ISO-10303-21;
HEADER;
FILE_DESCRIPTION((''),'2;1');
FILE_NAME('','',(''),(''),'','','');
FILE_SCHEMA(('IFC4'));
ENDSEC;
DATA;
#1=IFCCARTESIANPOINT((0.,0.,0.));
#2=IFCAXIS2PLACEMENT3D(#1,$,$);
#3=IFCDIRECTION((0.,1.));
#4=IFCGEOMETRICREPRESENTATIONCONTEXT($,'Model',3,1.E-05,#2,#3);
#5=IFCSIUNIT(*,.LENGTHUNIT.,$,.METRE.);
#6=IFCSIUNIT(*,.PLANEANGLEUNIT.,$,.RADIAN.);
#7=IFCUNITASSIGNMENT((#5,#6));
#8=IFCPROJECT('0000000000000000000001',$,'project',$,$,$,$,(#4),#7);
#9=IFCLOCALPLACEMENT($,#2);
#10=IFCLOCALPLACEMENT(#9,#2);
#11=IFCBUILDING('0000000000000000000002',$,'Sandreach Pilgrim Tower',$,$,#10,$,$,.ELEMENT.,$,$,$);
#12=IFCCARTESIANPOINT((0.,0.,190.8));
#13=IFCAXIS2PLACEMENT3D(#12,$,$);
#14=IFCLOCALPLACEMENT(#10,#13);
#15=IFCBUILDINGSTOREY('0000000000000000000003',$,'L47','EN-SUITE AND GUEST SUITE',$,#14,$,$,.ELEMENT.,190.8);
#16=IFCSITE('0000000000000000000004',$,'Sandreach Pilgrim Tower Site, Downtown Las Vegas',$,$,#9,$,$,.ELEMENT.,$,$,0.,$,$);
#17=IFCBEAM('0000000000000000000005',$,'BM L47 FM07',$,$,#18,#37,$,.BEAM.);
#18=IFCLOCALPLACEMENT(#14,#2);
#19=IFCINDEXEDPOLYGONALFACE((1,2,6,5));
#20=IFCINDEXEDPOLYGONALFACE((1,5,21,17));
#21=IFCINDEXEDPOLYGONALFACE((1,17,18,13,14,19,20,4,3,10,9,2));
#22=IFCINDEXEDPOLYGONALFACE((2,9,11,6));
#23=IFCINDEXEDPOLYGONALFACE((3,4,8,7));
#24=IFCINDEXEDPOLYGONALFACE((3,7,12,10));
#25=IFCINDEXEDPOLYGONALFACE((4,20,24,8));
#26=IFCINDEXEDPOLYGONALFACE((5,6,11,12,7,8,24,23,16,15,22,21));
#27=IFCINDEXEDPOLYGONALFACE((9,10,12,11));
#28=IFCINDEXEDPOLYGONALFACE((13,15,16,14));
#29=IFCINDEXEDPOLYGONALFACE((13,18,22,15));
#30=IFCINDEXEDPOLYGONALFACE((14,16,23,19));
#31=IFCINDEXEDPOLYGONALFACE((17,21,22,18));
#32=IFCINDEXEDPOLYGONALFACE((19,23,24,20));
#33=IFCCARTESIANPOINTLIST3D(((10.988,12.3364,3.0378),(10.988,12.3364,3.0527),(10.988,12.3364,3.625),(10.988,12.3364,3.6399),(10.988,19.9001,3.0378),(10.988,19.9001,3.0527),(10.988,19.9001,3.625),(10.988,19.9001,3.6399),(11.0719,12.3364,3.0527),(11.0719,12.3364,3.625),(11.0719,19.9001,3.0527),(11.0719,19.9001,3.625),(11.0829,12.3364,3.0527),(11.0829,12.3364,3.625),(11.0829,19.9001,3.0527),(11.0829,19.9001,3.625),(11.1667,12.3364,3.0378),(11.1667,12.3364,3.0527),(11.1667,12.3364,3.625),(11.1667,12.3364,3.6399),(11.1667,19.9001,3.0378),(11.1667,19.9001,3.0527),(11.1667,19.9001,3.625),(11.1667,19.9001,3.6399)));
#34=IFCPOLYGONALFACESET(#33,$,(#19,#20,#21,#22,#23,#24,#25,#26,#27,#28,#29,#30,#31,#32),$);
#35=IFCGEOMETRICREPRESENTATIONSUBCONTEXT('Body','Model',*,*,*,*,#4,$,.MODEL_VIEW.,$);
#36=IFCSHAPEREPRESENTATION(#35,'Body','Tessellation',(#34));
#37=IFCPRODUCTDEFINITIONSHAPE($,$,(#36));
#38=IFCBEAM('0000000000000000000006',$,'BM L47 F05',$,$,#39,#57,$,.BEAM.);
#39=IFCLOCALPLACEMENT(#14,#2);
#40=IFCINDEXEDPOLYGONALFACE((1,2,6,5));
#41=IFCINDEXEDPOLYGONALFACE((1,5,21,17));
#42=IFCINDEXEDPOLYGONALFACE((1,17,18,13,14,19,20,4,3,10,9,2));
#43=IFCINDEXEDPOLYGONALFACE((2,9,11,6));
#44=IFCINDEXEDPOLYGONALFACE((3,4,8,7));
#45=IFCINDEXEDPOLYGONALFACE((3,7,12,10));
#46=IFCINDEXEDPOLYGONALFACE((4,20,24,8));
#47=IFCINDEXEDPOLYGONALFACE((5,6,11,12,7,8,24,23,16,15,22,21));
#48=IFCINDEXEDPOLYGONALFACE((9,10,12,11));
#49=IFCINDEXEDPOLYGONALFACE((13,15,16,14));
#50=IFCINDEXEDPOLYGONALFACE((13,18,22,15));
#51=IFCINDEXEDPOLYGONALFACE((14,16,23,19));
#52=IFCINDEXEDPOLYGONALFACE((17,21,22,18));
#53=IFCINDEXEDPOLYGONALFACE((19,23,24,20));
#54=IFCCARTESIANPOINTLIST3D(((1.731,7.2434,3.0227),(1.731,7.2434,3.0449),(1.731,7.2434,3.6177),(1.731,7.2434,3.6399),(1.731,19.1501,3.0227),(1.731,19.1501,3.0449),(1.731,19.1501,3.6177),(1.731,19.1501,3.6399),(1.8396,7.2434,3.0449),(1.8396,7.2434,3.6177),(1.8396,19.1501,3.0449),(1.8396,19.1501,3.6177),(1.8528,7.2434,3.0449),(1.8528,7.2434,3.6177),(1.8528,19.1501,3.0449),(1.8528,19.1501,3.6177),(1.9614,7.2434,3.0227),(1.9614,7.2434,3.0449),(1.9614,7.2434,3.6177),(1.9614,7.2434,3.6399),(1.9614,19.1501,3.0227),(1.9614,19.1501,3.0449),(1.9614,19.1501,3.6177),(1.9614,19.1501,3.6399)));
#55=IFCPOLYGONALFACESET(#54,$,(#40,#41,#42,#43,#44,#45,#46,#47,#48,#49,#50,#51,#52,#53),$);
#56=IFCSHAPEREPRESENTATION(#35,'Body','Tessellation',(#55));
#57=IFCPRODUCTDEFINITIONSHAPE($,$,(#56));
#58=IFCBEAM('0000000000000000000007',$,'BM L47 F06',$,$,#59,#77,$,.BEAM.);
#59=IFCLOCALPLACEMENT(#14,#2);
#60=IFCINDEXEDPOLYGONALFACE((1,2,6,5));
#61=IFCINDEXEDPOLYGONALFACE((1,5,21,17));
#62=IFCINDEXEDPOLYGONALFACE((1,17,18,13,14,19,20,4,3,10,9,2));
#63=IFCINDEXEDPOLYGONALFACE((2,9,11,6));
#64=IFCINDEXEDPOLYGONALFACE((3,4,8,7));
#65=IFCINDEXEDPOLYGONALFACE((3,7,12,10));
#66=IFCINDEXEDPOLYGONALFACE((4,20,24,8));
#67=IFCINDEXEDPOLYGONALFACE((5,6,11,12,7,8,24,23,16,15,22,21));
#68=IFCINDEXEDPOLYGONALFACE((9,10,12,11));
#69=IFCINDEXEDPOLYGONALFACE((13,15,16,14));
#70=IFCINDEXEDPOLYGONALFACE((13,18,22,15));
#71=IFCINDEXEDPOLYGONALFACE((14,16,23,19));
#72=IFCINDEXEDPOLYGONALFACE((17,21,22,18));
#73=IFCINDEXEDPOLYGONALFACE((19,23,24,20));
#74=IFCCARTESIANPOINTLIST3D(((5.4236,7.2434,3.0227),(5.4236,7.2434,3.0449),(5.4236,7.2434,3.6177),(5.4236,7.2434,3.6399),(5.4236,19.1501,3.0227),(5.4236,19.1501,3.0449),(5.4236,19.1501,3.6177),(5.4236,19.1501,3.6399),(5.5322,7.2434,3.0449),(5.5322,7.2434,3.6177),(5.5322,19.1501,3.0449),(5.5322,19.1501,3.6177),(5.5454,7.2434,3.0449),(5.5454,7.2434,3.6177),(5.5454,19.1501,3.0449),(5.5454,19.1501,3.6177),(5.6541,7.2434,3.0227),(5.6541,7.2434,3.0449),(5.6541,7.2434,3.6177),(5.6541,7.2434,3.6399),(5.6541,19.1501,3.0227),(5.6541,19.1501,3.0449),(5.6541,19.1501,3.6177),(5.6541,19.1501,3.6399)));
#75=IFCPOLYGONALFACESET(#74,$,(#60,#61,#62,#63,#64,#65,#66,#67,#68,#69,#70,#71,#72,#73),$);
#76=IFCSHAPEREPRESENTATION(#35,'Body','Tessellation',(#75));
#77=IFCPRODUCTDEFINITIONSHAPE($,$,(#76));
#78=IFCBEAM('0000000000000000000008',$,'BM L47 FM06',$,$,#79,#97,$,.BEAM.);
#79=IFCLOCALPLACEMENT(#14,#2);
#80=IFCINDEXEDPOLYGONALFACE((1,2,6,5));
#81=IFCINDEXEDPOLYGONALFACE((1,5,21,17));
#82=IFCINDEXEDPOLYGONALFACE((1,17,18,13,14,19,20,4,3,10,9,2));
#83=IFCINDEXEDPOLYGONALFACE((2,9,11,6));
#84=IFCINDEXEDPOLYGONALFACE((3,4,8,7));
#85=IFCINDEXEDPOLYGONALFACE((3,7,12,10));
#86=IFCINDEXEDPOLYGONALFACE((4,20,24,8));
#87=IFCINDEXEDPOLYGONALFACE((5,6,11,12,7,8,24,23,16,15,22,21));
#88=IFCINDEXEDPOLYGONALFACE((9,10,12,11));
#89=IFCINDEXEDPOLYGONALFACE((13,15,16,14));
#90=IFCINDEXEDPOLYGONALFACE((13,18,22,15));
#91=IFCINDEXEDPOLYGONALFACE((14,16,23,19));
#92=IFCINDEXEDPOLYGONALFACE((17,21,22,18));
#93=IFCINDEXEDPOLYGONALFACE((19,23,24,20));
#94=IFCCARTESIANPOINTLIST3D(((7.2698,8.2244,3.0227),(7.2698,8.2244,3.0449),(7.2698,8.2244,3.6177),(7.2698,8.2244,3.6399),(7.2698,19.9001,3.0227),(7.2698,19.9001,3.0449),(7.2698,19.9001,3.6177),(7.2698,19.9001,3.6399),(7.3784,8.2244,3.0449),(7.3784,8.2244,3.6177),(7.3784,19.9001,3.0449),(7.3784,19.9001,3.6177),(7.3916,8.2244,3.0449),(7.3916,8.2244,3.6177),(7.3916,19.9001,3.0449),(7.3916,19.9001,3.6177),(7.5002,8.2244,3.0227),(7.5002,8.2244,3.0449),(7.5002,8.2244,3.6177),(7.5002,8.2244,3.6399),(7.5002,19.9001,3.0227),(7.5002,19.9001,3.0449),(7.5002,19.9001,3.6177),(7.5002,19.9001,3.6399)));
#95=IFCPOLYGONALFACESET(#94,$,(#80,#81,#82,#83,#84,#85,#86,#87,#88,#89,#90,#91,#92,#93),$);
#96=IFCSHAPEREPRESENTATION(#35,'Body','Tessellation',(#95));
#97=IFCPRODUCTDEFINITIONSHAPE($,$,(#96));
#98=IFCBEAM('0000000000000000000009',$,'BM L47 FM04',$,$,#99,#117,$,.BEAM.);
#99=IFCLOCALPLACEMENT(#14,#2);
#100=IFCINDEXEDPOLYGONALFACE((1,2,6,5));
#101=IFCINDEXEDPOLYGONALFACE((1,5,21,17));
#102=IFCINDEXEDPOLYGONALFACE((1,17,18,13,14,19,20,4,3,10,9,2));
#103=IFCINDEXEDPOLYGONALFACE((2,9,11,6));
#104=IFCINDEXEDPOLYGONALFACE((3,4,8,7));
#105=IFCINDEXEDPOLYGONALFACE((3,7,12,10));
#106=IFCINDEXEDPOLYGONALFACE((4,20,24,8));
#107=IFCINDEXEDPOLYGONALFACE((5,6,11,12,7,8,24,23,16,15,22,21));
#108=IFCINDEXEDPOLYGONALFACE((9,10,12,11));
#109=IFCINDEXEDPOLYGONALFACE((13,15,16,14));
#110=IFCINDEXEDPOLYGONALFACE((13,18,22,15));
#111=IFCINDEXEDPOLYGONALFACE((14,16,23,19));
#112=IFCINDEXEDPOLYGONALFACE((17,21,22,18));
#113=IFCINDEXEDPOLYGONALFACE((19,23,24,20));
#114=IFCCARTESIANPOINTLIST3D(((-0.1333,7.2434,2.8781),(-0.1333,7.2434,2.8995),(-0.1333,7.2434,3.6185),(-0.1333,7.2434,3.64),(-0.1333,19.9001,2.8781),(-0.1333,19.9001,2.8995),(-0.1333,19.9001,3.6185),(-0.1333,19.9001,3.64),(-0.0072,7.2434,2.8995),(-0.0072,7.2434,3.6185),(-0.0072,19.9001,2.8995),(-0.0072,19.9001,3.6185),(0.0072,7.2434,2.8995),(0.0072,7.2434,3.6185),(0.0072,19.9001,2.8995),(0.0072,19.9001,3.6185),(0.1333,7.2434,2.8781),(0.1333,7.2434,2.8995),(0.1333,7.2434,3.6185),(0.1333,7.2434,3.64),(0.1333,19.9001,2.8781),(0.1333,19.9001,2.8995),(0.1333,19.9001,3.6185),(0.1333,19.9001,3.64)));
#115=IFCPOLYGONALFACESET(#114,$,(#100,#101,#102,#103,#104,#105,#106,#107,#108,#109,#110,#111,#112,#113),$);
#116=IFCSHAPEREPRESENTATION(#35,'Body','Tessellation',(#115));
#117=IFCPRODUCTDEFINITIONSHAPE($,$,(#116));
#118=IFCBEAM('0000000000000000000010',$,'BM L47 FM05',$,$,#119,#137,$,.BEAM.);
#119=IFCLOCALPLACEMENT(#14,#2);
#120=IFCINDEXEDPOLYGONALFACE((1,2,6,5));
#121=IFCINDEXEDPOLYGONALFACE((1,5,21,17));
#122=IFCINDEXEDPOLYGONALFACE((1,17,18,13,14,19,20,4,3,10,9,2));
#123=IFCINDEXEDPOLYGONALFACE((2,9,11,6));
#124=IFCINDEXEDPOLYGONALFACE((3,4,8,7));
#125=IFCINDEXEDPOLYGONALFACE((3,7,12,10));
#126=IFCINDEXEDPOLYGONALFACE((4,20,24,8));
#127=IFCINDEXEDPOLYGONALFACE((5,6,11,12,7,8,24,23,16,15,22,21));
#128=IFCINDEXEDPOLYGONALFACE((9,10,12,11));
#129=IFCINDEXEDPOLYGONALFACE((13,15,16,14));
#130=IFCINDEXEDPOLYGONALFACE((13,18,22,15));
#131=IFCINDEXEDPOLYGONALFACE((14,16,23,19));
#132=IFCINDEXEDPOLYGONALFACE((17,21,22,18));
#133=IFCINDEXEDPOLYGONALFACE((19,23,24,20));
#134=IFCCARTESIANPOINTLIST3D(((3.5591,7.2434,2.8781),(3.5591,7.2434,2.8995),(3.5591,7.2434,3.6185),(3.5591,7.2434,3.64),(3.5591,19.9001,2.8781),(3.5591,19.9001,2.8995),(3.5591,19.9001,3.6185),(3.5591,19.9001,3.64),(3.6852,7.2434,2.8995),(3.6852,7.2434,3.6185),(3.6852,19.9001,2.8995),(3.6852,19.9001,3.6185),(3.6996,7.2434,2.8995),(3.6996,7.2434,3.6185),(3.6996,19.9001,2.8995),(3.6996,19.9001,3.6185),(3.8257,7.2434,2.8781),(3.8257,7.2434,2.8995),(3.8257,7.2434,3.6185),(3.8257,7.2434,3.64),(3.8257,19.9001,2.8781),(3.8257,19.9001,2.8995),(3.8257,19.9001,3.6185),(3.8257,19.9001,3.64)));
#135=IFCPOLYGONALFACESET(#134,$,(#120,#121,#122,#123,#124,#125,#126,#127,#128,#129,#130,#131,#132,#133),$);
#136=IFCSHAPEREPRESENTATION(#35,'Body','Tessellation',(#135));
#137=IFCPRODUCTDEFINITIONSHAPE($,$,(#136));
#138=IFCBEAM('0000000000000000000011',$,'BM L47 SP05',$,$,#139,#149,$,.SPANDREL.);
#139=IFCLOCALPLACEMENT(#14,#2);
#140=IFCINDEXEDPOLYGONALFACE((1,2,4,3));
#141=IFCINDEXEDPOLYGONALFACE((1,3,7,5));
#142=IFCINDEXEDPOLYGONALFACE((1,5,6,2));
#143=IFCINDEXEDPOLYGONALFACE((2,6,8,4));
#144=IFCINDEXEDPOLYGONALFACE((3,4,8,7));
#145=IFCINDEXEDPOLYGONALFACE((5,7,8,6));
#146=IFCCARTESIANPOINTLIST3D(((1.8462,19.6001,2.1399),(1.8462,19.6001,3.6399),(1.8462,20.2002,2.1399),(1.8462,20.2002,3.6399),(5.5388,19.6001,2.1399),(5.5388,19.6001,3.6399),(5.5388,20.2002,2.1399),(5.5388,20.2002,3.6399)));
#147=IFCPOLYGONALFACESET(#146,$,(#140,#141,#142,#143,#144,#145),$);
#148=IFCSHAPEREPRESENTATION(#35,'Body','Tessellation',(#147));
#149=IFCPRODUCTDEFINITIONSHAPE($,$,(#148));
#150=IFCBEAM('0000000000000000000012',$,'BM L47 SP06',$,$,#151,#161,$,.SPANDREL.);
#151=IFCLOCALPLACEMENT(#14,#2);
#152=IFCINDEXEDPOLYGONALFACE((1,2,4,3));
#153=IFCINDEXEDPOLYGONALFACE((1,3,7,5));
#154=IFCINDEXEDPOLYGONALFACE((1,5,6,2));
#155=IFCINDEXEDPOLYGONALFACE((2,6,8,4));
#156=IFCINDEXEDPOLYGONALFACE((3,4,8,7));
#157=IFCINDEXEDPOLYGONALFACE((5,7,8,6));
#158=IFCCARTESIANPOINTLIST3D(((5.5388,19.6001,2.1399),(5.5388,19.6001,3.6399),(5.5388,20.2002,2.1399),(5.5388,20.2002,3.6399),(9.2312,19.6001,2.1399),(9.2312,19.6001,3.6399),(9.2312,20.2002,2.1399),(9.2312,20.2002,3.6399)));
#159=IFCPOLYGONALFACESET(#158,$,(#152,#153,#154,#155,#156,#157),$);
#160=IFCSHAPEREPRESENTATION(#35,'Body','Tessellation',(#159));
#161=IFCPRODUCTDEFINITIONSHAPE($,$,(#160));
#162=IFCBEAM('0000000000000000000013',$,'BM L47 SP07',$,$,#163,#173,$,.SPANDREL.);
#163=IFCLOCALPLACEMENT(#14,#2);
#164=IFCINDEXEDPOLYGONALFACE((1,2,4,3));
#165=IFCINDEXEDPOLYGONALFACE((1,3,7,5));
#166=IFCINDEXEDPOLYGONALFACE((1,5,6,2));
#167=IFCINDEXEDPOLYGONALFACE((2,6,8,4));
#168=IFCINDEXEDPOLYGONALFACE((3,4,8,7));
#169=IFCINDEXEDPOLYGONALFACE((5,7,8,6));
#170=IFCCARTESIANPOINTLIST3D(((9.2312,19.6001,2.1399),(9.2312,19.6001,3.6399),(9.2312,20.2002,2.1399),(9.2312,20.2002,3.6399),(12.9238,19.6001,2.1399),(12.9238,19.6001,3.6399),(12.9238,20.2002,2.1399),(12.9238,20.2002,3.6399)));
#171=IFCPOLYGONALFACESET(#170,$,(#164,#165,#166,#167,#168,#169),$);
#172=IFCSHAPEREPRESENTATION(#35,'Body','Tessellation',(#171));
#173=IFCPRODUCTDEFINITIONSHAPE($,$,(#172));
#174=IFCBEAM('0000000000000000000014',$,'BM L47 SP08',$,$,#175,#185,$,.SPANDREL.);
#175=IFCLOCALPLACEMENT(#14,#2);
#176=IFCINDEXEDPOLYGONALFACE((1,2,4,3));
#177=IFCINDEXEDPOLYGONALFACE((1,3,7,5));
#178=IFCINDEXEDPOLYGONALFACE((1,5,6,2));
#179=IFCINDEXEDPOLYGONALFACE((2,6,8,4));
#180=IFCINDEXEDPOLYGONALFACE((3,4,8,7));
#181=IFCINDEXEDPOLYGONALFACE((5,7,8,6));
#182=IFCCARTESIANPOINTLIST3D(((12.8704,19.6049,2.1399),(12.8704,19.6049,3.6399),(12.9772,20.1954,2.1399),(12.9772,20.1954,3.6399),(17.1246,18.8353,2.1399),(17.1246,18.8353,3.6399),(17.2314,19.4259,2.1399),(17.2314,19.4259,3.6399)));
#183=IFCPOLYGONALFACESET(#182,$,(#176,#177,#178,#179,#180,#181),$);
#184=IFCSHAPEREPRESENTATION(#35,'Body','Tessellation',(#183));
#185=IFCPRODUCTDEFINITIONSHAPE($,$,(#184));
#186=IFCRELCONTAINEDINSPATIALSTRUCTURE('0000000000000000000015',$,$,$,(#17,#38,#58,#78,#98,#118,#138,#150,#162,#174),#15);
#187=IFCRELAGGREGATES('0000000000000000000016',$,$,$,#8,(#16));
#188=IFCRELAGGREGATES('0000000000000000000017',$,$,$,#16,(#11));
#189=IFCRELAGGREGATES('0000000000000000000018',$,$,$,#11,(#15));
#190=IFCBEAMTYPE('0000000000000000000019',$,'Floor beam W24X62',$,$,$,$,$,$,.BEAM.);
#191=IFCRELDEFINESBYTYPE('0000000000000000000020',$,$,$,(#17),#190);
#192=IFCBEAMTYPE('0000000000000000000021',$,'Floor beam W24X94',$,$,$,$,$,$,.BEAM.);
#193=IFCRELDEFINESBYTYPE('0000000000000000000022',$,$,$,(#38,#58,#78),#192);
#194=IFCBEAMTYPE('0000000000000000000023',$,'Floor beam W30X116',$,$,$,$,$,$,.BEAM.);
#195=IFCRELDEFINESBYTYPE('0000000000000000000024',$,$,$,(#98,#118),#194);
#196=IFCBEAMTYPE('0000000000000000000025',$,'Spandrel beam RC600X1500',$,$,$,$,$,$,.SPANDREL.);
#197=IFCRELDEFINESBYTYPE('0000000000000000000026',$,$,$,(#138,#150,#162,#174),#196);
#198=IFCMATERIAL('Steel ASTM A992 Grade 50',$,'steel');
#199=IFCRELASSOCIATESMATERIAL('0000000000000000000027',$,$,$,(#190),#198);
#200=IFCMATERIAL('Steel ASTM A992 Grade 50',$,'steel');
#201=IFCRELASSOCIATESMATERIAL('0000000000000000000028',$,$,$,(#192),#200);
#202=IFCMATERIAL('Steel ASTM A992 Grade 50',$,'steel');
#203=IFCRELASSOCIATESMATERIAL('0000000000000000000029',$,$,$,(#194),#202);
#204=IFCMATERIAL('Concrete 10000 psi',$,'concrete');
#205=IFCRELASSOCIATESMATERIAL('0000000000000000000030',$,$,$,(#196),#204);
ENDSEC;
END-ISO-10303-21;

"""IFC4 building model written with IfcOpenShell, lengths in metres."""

from ifc_helpers import new_model, si_unit, direction, frame, origin, origin_2d, place, context, subcontext, project, spatial, rectangle, i_section, extrude, material, material_profile, profile_set, type_object, element, save


model = new_model("IFC4")

# Units and contexts
model_context = context("Model", 3, precision=1e-05, world=origin(), true_north=direction((0.0, 1.0)))
body_context = subcontext(model_context, "Body", "Model", "MODEL_VIEW")
ifc_project = project(units=[si_unit("LENGTHUNIT", "METRE"), si_unit("PLANEANGLEUNIT", "RADIAN")], contexts=[model_context])

# Site, building, storey
site_placement = place(None, origin())
site = spatial("IfcSite", under=ifc_project, at=site_placement, Name="Sandreach Pilgrim Tower Site, Downtown Las Vegas", CompositionType="ELEMENT", RefElevation=0.0)
building_placement = place(site_placement, origin())
building = spatial("IfcBuilding", under=site, at=building_placement, Name="Sandreach Pilgrim Tower", CompositionType="ELEMENT")
storey_placement = place(building_placement, frame((0.0, 0.0, 190.8)))
storey = spatial("IfcBuildingStorey", under=building, at=storey_placement, Name="L47", Description="EN-SUITE AND GUEST SUITE", CompositionType="ELEMENT", Elevation=190.8)

# Beams
ifc_material_1 = material(Name="Steel ASTM A992 Grade 50", Category="steel")
ifc_material_profile_1 = material_profile(ifc_material_1, i_section(OverallWidth=0.1787, OverallDepth=0.6021, WebThickness=0.011, FlangeThickness=0.0149, at=origin_2d()), Name="W24X62")
ifc_profile_set_1 = profile_set([ifc_material_profile_1], Name="Steel ASTM A992 Grade 50")
beam_type_1 = type_object("IfcBeamType", Name="Floor beam W24X62", PredefinedType="BEAM", material=ifc_profile_set_1)
beam_1_placement = place(storey_placement, frame((11.0774, 19.9001, 3.3389), z_axis=(0.0, -1.0, 0.0), x_axis=(1.0, 0.0, 0.0)))
element("IfcBeam", 1, at=beam_1_placement, inside=storey, type_object=beam_type_1, Name="BM L47 FM07", PredefinedType="BEAM", context=body_context, shape_type="SweptSolid", body=[
    extrude(i_section(OverallWidth=0.1787, OverallDepth=0.6021, WebThickness=0.011, FlangeThickness=0.0149, at=origin_2d()), origin(), (0.0, 0.0, 1.0), 7.5637),
])
ifc_material_2 = material(Name="Steel ASTM A992 Grade 50", Category="steel")
ifc_material_profile_2 = material_profile(ifc_material_2, i_section(OverallWidth=0.2305, OverallDepth=0.6172, WebThickness=0.0132, FlangeThickness=0.0222, at=origin_2d()), Name="W24X94")
ifc_profile_set_2 = profile_set([ifc_material_profile_2], Name="Steel ASTM A992 Grade 50")
beam_type_2 = type_object("IfcBeamType", Name="Floor beam W24X94", PredefinedType="BEAM", material=ifc_profile_set_2)
for number, where, z_axis, x_axis, name in (
    (2, (1.8462, 19.1501, 3.3313), (0.0, -1.0, 0.0), (1.0, 0.0, 0.0), "BM L47 F05"),
    (3, (5.5388, 19.1501, 3.3313), (0.0, -1.0, 0.0), (1.0, 0.0, 0.0), "BM L47 F06"),
):
    element("IfcBeam", number, at=place(storey_placement, frame(where, z_axis=z_axis, x_axis=x_axis)), inside=storey, type_object=beam_type_2, Name=name, PredefinedType="BEAM", context=body_context, shape_type="SweptSolid", body=[
        extrude(i_section(OverallWidth=0.2305, OverallDepth=0.6172, WebThickness=0.0132, FlangeThickness=0.0222, at=origin_2d()), origin(), (0.0, 0.0, 1.0), 11.9067),
    ])
beam_2_placement = place(storey_placement, frame((7.385, 19.9001, 3.3313), z_axis=(0.0, -1.0, 0.0), x_axis=(1.0, 0.0, 0.0)))
element("IfcBeam", 4, at=beam_2_placement, inside=storey, type_object=beam_type_2, Name="BM L47 FM06", PredefinedType="BEAM", context=body_context, shape_type="SweptSolid", body=[
    extrude(i_section(OverallWidth=0.2305, OverallDepth=0.6172, WebThickness=0.0132, FlangeThickness=0.0222, at=origin_2d()), origin(), (0.0, 0.0, 1.0), 11.6758),
])
ifc_material_3 = material(Name="Steel ASTM A992 Grade 50", Category="steel")
ifc_material_profile_3 = material_profile(ifc_material_3, i_section(OverallWidth=0.2666, OverallDepth=0.762, WebThickness=0.0144, FlangeThickness=0.0215, at=origin_2d()), Name="W30X116")
ifc_profile_set_3 = profile_set([ifc_material_profile_3], Name="Steel ASTM A992 Grade 50")
beam_type_3 = type_object("IfcBeamType", Name="Floor beam W30X116", PredefinedType="BEAM", material=ifc_profile_set_3)
for number, where, z_axis, x_axis, name in (
    (5, (0.0, 19.9001, 3.259), (0.0, -1.0, 0.0), (1.0, 0.0, 0.0), "BM L47 FM04"),
    (6, (3.6924, 19.9001, 3.259), (0.0, -1.0, 0.0), (1.0, 0.0, 0.0), "BM L47 FM05"),
):
    element("IfcBeam", number, at=place(storey_placement, frame(where, z_axis=z_axis, x_axis=x_axis)), inside=storey, type_object=beam_type_3, Name=name, PredefinedType="BEAM", context=body_context, shape_type="SweptSolid", body=[
        extrude(i_section(OverallWidth=0.2666, OverallDepth=0.762, WebThickness=0.0144, FlangeThickness=0.0215, at=origin_2d()), origin(), (0.0, 0.0, 1.0), 12.6567),
    ])
ifc_material_4 = material(Name="Concrete 10000 psi", Category="concrete")
ifc_material_profile_4 = material_profile(ifc_material_4, rectangle(XDim=0.6001, YDim=1.5, at=origin_2d()), Name="RC600X1500")
ifc_profile_set_4 = profile_set([ifc_material_profile_4], Name="Concrete 10000 psi")
beam_type_4 = type_object("IfcBeamType", Name="Spandrel beam RC600X1500", PredefinedType="SPANDREL", material=ifc_profile_set_4)
beam_3_placement = place(storey_placement, frame((1.8462, 19.9001, 2.8899), z_axis=(1.0, 0.0, 0.0), x_axis=(0.0, 1.0, 0.0)))
element("IfcBeam", 7, at=beam_3_placement, inside=storey, type_object=beam_type_4, Name="BM L47 SP05", PredefinedType="SPANDREL", context=body_context, shape_type="SweptSolid", body=[
    extrude(rectangle(XDim=0.6001, YDim=1.5, at=origin_2d()), origin(), (0.0, 0.0, 1.0), 3.6926),
])
beam_4_placement = place(storey_placement, frame((5.5388, 19.9001, 2.8899), z_axis=(1.0, 0.0, 0.0), x_axis=(0.0, 1.0, 0.0)))
element("IfcBeam", 8, at=beam_4_placement, inside=storey, type_object=beam_type_4, Name="BM L47 SP06", PredefinedType="SPANDREL", context=body_context, shape_type="SweptSolid", body=[
    extrude(rectangle(XDim=0.6001, YDim=1.5, at=origin_2d()), origin(), (0.0, 0.0, 1.0), 3.6924),
])
beam_5_placement = place(storey_placement, frame((9.2312, 19.9001, 2.8899), z_axis=(1.0, 0.0, 0.0), x_axis=(0.0, 1.0, 0.0)))
element("IfcBeam", 9, at=beam_5_placement, inside=storey, type_object=beam_type_4, Name="BM L47 SP07", PredefinedType="SPANDREL", context=body_context, shape_type="SweptSolid", body=[
    extrude(rectangle(XDim=0.6001, YDim=1.5, at=origin_2d()), origin(), (0.0, 0.0, 1.0), 3.6926),
])
beam_6_placement = place(storey_placement, frame((12.9238, 19.9001, 2.8899), z_axis=(0.98403, -0.178001, 0.0), x_axis=(0.178001, 0.98403, 0.0)))
element("IfcBeam", 10, at=beam_6_placement, inside=storey, type_object=beam_type_4, Name="BM L47 SP08", PredefinedType="SPANDREL", context=body_context, shape_type="SweptSolid", body=[
    extrude(rectangle(XDim=0.6001, YDim=1.5, at=origin_2d()), origin(), (0.0, 0.0, 1.0), 4.3232),
])

save(model, "model.ifc")
